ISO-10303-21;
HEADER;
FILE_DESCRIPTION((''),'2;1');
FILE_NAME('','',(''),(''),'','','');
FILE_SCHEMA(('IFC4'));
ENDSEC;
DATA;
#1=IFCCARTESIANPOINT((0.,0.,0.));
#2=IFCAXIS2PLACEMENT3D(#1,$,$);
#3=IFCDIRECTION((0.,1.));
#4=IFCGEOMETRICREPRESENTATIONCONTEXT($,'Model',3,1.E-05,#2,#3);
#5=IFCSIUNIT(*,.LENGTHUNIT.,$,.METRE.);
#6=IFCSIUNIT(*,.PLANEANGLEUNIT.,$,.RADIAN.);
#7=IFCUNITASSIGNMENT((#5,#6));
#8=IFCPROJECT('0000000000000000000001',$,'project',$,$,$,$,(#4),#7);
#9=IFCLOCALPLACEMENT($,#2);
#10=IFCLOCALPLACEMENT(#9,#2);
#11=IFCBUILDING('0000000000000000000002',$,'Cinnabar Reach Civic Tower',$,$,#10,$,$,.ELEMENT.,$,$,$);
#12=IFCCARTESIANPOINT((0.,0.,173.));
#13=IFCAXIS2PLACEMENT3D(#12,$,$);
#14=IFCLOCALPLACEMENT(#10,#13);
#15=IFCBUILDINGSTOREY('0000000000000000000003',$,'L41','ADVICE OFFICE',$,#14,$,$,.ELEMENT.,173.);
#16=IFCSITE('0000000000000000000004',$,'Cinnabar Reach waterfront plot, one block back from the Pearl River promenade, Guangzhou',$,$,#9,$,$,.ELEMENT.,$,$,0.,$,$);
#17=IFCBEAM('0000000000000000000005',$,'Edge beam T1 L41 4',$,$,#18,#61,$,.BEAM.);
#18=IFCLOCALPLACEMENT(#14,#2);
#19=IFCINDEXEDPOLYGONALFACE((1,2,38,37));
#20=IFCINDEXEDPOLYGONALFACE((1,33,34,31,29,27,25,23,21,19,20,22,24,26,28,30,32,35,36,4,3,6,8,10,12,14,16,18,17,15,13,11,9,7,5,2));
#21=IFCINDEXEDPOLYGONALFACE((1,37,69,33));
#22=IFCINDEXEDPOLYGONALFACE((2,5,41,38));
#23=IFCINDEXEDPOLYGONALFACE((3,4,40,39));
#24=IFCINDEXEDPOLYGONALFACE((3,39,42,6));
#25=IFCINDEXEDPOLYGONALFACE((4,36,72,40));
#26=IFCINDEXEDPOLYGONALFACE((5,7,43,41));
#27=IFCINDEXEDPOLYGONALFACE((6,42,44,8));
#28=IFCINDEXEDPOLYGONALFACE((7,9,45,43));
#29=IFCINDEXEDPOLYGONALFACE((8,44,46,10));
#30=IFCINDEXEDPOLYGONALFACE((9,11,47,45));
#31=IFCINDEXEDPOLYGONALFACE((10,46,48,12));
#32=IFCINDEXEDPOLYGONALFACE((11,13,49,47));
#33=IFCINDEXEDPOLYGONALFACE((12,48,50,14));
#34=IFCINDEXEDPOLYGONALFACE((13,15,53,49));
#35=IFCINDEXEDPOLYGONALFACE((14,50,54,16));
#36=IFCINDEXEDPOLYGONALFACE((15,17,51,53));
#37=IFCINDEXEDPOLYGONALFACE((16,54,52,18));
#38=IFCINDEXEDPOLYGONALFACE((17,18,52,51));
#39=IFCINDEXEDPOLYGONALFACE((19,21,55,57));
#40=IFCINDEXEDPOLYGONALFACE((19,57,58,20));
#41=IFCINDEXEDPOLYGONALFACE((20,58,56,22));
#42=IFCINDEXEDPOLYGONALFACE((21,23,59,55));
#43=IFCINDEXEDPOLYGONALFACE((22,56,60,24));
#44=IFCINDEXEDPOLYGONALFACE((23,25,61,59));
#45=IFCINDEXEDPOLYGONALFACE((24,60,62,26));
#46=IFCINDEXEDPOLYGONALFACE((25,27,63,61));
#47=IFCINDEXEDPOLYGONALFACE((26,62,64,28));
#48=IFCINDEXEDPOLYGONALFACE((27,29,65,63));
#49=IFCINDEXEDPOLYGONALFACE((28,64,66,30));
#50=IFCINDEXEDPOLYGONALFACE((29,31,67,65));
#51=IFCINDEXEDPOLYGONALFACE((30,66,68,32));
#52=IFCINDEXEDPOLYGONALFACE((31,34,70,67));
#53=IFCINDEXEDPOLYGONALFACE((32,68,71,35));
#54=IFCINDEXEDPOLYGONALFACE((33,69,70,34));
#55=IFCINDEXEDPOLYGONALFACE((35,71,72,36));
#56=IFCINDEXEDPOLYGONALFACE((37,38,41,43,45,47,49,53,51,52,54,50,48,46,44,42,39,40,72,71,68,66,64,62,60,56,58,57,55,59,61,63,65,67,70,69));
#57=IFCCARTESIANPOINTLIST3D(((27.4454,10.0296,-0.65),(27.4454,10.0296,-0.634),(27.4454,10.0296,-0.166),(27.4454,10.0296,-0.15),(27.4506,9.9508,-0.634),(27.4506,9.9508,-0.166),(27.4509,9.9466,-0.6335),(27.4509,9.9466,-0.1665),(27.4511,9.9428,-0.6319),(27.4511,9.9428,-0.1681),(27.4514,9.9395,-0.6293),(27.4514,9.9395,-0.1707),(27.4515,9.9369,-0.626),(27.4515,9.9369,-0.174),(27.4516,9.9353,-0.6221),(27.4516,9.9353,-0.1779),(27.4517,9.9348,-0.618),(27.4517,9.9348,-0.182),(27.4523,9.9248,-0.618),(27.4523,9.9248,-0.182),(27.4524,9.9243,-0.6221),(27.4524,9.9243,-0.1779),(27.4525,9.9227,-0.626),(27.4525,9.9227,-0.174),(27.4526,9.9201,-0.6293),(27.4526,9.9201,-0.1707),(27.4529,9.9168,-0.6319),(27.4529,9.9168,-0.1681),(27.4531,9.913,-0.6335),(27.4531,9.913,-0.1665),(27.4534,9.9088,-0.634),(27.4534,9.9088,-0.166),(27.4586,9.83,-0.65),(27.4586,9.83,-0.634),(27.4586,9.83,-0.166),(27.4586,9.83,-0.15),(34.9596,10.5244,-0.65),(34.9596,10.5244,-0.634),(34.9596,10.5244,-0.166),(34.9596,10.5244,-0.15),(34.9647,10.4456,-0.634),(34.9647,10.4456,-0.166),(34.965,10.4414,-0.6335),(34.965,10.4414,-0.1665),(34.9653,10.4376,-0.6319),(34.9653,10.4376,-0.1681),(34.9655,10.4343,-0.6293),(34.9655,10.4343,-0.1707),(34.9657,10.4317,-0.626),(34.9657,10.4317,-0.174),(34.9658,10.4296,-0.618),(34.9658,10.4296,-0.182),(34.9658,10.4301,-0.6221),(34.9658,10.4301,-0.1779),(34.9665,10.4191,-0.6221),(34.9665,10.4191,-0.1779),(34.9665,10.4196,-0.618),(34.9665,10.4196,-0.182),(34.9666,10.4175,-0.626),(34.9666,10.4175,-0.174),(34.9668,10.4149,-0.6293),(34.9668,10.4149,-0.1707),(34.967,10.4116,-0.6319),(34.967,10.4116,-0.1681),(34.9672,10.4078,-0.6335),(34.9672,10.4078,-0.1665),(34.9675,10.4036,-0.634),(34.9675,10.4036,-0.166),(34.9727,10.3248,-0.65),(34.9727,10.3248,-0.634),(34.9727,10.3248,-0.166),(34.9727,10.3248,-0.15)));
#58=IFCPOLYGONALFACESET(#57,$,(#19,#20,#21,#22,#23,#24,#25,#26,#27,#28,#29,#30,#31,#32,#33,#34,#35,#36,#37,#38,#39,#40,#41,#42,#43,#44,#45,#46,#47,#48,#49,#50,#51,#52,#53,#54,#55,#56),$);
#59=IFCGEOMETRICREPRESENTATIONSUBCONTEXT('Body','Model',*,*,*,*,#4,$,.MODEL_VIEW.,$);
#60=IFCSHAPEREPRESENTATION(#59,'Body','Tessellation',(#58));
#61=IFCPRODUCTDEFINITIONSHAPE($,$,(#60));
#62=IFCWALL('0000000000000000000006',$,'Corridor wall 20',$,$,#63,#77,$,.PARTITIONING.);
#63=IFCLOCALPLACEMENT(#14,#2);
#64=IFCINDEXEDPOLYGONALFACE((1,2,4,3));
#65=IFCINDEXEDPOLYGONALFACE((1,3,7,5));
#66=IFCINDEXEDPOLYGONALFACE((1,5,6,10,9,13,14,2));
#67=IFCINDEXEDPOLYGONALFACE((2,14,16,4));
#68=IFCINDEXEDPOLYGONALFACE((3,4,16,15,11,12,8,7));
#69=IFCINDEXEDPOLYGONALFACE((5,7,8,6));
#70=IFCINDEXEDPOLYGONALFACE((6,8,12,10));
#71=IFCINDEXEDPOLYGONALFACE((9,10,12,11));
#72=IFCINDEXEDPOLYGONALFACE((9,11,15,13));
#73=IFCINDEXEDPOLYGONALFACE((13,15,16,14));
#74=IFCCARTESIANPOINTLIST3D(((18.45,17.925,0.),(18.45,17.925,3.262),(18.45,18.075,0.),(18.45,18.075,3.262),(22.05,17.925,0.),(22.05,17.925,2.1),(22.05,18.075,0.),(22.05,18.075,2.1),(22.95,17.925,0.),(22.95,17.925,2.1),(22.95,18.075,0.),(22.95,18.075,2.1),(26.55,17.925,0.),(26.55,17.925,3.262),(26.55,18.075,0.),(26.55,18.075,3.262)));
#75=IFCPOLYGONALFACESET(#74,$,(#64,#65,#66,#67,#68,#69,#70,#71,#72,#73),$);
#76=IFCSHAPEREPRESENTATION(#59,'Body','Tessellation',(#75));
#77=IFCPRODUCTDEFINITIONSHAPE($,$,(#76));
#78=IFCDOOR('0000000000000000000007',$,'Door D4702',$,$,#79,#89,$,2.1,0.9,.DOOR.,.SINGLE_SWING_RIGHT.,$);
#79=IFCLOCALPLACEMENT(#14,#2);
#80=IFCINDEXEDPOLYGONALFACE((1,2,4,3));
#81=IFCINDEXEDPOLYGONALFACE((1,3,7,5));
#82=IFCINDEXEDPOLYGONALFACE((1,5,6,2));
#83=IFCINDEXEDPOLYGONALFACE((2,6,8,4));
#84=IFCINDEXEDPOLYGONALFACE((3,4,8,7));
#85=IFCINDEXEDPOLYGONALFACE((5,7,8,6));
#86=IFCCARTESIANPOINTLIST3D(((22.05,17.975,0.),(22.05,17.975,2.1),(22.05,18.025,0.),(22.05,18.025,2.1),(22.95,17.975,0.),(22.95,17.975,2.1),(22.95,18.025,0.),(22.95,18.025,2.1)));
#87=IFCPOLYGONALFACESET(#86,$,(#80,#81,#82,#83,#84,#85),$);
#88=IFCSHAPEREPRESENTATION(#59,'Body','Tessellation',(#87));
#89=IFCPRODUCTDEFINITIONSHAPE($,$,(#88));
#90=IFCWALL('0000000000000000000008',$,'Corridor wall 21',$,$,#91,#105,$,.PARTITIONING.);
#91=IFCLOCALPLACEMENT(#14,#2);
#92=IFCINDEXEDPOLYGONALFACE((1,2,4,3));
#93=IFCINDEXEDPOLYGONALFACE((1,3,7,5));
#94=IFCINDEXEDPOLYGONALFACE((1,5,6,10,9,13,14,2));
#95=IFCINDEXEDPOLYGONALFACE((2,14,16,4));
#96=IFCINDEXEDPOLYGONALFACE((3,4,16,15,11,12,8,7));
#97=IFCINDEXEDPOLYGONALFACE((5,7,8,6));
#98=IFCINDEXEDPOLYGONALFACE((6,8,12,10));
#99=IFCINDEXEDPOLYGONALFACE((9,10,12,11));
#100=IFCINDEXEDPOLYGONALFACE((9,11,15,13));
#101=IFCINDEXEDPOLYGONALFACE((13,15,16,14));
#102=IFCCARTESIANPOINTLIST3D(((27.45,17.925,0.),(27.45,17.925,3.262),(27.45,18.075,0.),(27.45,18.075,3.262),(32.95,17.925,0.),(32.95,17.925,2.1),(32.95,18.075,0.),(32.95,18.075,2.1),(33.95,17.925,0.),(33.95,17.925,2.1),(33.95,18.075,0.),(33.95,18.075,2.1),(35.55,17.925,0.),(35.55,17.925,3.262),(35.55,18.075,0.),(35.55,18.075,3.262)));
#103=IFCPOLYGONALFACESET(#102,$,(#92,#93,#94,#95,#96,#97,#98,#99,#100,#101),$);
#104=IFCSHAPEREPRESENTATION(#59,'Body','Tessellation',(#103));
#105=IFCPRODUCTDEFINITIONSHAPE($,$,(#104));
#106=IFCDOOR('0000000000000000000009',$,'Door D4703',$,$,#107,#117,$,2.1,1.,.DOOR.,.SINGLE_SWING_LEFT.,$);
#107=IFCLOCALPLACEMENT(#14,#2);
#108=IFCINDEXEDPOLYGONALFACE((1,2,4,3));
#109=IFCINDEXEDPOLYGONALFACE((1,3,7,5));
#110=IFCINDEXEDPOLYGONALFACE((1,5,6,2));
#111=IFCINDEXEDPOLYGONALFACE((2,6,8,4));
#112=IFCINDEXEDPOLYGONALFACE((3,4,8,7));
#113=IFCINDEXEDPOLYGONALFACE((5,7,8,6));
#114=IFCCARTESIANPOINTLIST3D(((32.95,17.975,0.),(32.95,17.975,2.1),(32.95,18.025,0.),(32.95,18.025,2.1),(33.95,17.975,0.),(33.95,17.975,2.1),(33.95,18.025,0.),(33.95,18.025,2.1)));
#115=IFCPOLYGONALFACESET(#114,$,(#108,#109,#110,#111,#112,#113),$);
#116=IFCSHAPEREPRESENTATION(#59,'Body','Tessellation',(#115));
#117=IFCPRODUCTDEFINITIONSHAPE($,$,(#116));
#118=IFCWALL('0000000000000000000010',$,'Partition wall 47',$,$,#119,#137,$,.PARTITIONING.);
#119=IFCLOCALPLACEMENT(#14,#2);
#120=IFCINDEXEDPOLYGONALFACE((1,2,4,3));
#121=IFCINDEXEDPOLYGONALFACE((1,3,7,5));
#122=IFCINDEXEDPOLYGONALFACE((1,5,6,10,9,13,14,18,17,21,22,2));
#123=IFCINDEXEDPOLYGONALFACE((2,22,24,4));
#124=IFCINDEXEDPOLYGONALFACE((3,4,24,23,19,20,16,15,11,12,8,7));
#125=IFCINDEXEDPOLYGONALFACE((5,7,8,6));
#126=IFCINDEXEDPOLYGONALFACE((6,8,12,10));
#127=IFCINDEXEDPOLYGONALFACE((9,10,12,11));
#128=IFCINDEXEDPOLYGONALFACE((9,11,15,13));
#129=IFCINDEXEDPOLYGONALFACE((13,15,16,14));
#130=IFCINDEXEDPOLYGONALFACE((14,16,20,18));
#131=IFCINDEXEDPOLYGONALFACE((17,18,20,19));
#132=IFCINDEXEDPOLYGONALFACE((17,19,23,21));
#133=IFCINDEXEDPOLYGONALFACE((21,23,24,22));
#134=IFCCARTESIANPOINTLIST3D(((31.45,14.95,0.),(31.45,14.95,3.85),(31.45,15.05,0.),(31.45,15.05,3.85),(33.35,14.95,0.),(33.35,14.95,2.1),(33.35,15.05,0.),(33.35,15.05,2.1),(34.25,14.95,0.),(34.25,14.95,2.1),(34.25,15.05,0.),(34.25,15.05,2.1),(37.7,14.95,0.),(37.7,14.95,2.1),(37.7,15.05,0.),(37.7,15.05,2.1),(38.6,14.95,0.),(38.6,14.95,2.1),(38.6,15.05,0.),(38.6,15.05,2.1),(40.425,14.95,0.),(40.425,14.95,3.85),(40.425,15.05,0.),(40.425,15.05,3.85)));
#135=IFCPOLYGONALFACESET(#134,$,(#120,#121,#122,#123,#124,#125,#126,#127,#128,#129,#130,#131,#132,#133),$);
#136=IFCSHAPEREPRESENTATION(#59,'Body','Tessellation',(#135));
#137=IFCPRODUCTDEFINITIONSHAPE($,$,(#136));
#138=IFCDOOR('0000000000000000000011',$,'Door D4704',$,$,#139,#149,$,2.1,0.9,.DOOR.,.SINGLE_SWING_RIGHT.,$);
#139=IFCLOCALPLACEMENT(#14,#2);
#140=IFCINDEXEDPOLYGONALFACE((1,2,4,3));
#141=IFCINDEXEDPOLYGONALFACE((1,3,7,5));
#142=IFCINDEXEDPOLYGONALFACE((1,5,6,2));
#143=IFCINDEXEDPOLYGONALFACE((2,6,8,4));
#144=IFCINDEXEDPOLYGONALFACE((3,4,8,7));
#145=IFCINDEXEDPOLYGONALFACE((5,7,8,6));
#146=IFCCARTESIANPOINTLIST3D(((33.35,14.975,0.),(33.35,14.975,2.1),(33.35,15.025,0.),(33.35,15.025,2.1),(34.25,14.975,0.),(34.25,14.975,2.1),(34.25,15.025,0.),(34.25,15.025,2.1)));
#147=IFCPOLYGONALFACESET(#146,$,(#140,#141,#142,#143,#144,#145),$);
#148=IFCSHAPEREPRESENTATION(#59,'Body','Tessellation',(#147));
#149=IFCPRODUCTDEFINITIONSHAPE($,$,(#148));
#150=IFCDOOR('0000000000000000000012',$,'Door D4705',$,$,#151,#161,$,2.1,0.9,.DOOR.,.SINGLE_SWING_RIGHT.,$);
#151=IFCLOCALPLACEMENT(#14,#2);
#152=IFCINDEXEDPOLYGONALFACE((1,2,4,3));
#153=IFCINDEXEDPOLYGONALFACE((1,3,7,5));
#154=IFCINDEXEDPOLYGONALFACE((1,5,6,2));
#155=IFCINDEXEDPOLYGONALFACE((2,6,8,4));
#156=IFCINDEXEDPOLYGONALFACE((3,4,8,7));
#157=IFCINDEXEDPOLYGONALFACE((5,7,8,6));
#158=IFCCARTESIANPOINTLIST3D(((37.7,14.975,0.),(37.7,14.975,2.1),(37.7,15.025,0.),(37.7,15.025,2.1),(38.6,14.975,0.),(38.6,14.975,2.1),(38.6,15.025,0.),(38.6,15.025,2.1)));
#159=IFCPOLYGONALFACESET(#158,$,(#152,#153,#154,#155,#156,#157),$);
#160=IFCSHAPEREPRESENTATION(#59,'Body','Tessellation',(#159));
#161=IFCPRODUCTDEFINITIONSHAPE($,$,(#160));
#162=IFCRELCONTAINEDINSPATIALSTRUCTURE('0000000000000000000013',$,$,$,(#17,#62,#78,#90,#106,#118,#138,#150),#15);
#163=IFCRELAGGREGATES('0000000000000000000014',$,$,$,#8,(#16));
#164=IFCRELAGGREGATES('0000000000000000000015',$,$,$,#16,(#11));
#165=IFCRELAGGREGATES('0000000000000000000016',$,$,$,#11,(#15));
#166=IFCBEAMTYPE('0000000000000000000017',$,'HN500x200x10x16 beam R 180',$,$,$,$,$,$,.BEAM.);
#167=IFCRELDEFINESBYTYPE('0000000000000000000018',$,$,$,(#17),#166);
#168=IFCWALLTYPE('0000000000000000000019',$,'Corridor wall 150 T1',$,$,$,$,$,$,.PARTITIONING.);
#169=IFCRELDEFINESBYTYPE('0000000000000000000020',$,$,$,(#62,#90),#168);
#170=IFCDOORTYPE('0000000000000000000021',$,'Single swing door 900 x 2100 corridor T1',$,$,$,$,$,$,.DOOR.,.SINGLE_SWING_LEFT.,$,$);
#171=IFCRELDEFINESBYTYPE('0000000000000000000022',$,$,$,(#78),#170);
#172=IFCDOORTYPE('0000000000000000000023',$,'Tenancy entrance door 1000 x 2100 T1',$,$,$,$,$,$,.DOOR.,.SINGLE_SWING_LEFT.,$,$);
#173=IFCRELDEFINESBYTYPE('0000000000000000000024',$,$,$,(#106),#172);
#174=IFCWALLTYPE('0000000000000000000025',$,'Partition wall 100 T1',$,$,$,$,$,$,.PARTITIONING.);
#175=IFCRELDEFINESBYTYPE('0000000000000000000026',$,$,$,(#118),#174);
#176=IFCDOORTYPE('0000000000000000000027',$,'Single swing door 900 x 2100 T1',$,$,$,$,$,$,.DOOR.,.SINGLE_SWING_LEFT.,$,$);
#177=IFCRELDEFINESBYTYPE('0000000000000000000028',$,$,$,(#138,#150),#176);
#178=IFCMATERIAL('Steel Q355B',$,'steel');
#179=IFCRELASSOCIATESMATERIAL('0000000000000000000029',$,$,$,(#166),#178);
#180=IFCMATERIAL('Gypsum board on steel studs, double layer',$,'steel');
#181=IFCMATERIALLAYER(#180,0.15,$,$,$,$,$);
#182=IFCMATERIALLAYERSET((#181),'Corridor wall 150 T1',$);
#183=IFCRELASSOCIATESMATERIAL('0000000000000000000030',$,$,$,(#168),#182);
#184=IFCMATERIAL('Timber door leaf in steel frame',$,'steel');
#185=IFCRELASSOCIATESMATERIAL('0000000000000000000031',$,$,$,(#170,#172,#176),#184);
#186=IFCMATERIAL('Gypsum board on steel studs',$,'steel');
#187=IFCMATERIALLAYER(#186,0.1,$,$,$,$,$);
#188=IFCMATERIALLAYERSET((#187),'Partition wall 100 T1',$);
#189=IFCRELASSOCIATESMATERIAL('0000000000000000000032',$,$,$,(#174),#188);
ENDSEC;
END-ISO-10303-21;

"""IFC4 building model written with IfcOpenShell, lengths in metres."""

from ifc_helpers import new_model, si_unit, direction, frame, frame_2d, origin, origin_2d, place, context, subcontext, project, spatial, rectangle, i_section, extrude, material, layer, layer_set, material_profile, profile_set, type_object, element, fill, save


model = new_model("IFC4")

# Units and contexts
model_context = context("Model", 3, precision=1e-05, world=origin(), true_north=direction((0.0, 1.0)))
body_context = subcontext(model_context, "Body", "Model", "MODEL_VIEW")
ifc_project = project(units=[si_unit("LENGTHUNIT", "METRE"), si_unit("PLANEANGLEUNIT", "RADIAN")], contexts=[model_context])

# Site, building, storey
site_placement = place(None, origin())
site = spatial("IfcSite", under=ifc_project, at=site_placement, Name="Cinnabar Reach waterfront plot, one block back from the Pearl River promenade, Guangzhou", CompositionType="ELEMENT", RefElevation=0.0)
building_placement = place(site_placement, origin())
building = spatial("IfcBuilding", under=site, at=building_placement, Name="Cinnabar Reach Civic Tower", CompositionType="ELEMENT")
storey_placement = place(building_placement, frame((0.0, 0.0, 173.0)))
storey = spatial("IfcBuildingStorey", under=building, at=storey_placement, Name="L41", Description="ADVICE OFFICE", CompositionType="ELEMENT", Elevation=173.0)

# Beam
ifc_material_1 = material(Name="Steel Q355B", Category="steel")
ifc_material_profile_1 = material_profile(ifc_material_1, i_section(OverallWidth=0.2, OverallDepth=0.5, WebThickness=0.01, FlangeThickness=0.016, FilletRadius=0.016, at=origin_2d()), Name="HN500x200x10x16")
ifc_profile_set_1 = profile_set([ifc_material_profile_1], Name="Steel Q355B")
beam_type_1 = type_object("IfcBeamType", Name="HN500x200x10x16 beam R 180", PredefinedType="BEAM", material=ifc_profile_set_1)
beam_1_placement = place(storey_placement, frame((27.452, 9.9298, -0.4), z_axis=(0.997839, 0.065707, 0.0), x_axis=(-0.065707, 0.997839, 0.0)))
element("IfcBeam", 1, at=beam_1_placement, inside=storey, type_object=beam_type_1, Name="Edge beam T1 L41 4", PredefinedType="BEAM", context=body_context, shape_type="SweptSolid", body=[
    extrude(i_section(OverallWidth=0.2, OverallDepth=0.5, WebThickness=0.01, FlangeThickness=0.016, FilletRadius=0.016, at=origin_2d()), origin(), (0.0, 0.0, 1.0), 7.5304),
])

# Walls, openings, doors
ifc_material_2 = material(Name="Gypsum board on steel studs, double layer", Category="steel")
ifc_layer_1 = layer(ifc_material_2, 0.15)
ifc_layer_set_1 = layer_set([ifc_layer_1], Name="Corridor wall 150 T1")
wall_type_1 = type_object("IfcWallType", Name="Corridor wall 150 T1", PredefinedType="PARTITIONING", material=ifc_layer_set_1)
wall_1_placement = place(storey_placement, frame((18.45, 18.0, 0.0), z_axis=(0.0, 0.0, 1.0), x_axis=(1.0, 0.0, 0.0)))
wall_1 = element("IfcWall", 2, at=wall_1_placement, inside=storey, type_object=wall_type_1, Name="Corridor wall 20", PredefinedType="PARTITIONING", context=body_context, shape_type="SweptSolid", body=[
    extrude(rectangle(XDim=8.1, YDim=0.15, at=frame_2d((4.05, 0.0))), origin(), (0.0, 0.0, 1.0), 3.262),
])
opening_1_placement = place(wall_1_placement, frame((3.6, 0.0, 0.0)))
opening_1 = element("IfcOpeningElement", 3, at=opening_1_placement, cuts=wall_1, PredefinedType="OPENING", context=body_context, shape_type="SweptSolid", body=[
    extrude(rectangle(XDim=0.9, YDim=2.1, at=frame_2d((0.45, 1.05))), frame((0.0, 0.085, 0.0), z_axis=(0.0, -1.0, 0.0), x_axis=(1.0, 0.0, 0.0)), (0.0, 0.0, 1.0), 0.17),
])
ifc_material_3 = material(Name="Timber door leaf in steel frame", Category="steel")
door_type_1 = type_object("IfcDoorType", Name="Single swing door 900 x 2100 corridor T1", OperationType="SINGLE_SWING_LEFT", PredefinedType="DOOR", material=ifc_material_3)
door_1_placement = place(opening_1_placement, frame((0.9, 0.0, 0.0), z_axis=(0.0, 0.0, 1.0), x_axis=(-1.0, 0.0, 0.0)))
door_1 = element("IfcDoor", 4, at=door_1_placement, inside=storey, type_object=door_type_1, Name="Door D4702", OperationType="SINGLE_SWING_RIGHT", OverallHeight=2.1, OverallWidth=0.9, PredefinedType="DOOR", context=body_context, shape_type="SweptSolid", body=[
    extrude(rectangle(XDim=0.9, YDim=2.1, at=frame_2d((0.45, 1.05))), frame((0.0, 0.025, 0.0), z_axis=(0.0, -1.0, 0.0), x_axis=(1.0, 0.0, 0.0)), (0.0, 0.0, 1.0), 0.05),
])
fill(opening_1, door_1)
wall_2_placement = place(storey_placement, frame((27.45, 18.0, 0.0), z_axis=(0.0, 0.0, 1.0), x_axis=(1.0, 0.0, 0.0)))
wall_2 = element("IfcWall", 5, at=wall_2_placement, inside=storey, type_object=wall_type_1, Name="Corridor wall 21", PredefinedType="PARTITIONING", context=body_context, shape_type="SweptSolid", body=[
    extrude(rectangle(XDim=8.1, YDim=0.15, at=frame_2d((4.05, 0.0))), origin(), (0.0, 0.0, 1.0), 3.262),
])
opening_2_placement = place(wall_2_placement, frame((5.5, 0.0, 0.0)))
opening_2 = element("IfcOpeningElement", 6, at=opening_2_placement, cuts=wall_2, PredefinedType="OPENING", context=body_context, shape_type="SweptSolid", body=[
    extrude(rectangle(XDim=1.0, YDim=2.1, at=frame_2d((0.5, 1.05))), frame((0.0, 0.085, 0.0), z_axis=(0.0, -1.0, 0.0), x_axis=(1.0, 0.0, 0.0)), (0.0, 0.0, 1.0), 0.17),
])
door_type_2 = type_object("IfcDoorType", Name="Tenancy entrance door 1000 x 2100 T1", OperationType="SINGLE_SWING_LEFT", PredefinedType="DOOR", material=ifc_material_3)
door_2_placement = place(opening_2_placement, frame((1.0, 0.0, 0.0), z_axis=(0.0, 0.0, 1.0), x_axis=(-1.0, 0.0, 0.0)))
door_2 = element("IfcDoor", 7, at=door_2_placement, inside=storey, type_object=door_type_2, Name="Door D4703", OperationType="SINGLE_SWING_LEFT", OverallHeight=2.1, OverallWidth=1.0, PredefinedType="DOOR", context=body_context, shape_type="SweptSolid", body=[
    extrude(rectangle(XDim=1.0, YDim=2.1, at=frame_2d((0.5, 1.05))), frame((0.0, 0.025, 0.0), z_axis=(0.0, -1.0, 0.0), x_axis=(1.0, 0.0, 0.0)), (0.0, 0.0, 1.0), 0.05),
])
fill(opening_2, door_2)

# Wall, openings, doors
ifc_material_4 = material(Name="Gypsum board on steel studs", Category="steel")
ifc_layer_2 = layer(ifc_material_4, 0.1)
ifc_layer_set_2 = layer_set([ifc_layer_2], Name="Partition wall 100 T1")
wall_type_2 = type_object("IfcWallType", Name="Partition wall 100 T1", PredefinedType="PARTITIONING", material=ifc_layer_set_2)
wall_3_placement = place(storey_placement, frame((31.45, 15.0, 0.0), z_axis=(0.0, 0.0, 1.0), x_axis=(1.0, 0.0, 0.0)))
wall_3 = element("IfcWall", 8, at=wall_3_placement, inside=storey, type_object=wall_type_2, Name="Partition wall 47", PredefinedType="PARTITIONING", context=body_context, shape_type="SweptSolid", body=[
    extrude(rectangle(XDim=8.975, YDim=0.1, at=frame_2d((4.4875, 0.0))), origin(), (0.0, 0.0, 1.0), 3.85),
])
opening_3_placement = place(wall_3_placement, frame((1.9, 0.0, 0.0)))
opening_3 = element("IfcOpeningElement", 9, at=opening_3_placement, cuts=wall_3, PredefinedType="OPENING", context=body_context, shape_type="SweptSolid", body=[
    extrude(rectangle(XDim=0.9, YDim=2.1, at=frame_2d((0.45, 1.05))), frame((0.0, 0.06, 0.0), z_axis=(0.0, -1.0, 0.0), x_axis=(1.0, 0.0, 0.0)), (0.0, 0.0, 1.0), 0.12),
])
opening_4_placement = place(wall_3_placement, frame((6.25, 0.0, 0.0)))
opening_4 = element("IfcOpeningElement", 10, at=opening_4_placement, cuts=wall_3, PredefinedType="OPENING", context=body_context, shape_type="SweptSolid", body=[
    extrude(rectangle(XDim=0.9, YDim=2.1, at=frame_2d((0.45, 1.05))), frame((0.0, 0.06, 0.0), z_axis=(0.0, -1.0, 0.0), x_axis=(1.0, 0.0, 0.0)), (0.0, 0.0, 1.0), 0.12),
])
door_type_3 = type_object("IfcDoorType", Name="Single swing door 900 x 2100 T1", OperationType="SINGLE_SWING_LEFT", PredefinedType="DOOR", material=ifc_material_3)
door_3_placement = place(opening_3_placement, frame((0.9, 0.0, 0.0), z_axis=(0.0, 0.0, 1.0), x_axis=(-1.0, 0.0, 0.0)))
door_3 = element("IfcDoor", 11, at=door_3_placement, inside=storey, type_object=door_type_3, Name="Door D4704", OperationType="SINGLE_SWING_RIGHT", OverallHeight=2.1, OverallWidth=0.9, PredefinedType="DOOR", context=body_context, shape_type="SweptSolid", body=[
    extrude(rectangle(XDim=0.9, YDim=2.1, at=frame_2d((0.45, 1.05))), frame((0.0, 0.025, 0.0), z_axis=(0.0, -1.0, 0.0), x_axis=(1.0, 0.0, 0.0)), (0.0, 0.0, 1.0), 0.05),
])
fill(opening_3, door_3)
door_4_placement = place(opening_4_placement, frame((0.9, 0.0, 0.0), z_axis=(0.0, 0.0, 1.0), x_axis=(-1.0, 0.0, 0.0)))
door_4 = element("IfcDoor", 12, at=door_4_placement, inside=storey, type_object=door_type_3, Name="Door D4705", OperationType="SINGLE_SWING_RIGHT", OverallHeight=2.1, OverallWidth=0.9, PredefinedType="DOOR", context=body_context, shape_type="SweptSolid", body=[
    extrude(rectangle(XDim=0.9, YDim=2.1, at=frame_2d((0.45, 1.05))), frame((0.0, 0.025, 0.0), z_axis=(0.0, -1.0, 0.0), x_axis=(1.0, 0.0, 0.0)), (0.0, 0.0, 1.0), 0.05),
])
fill(opening_4, door_4)

save(model, "model.ifc")
